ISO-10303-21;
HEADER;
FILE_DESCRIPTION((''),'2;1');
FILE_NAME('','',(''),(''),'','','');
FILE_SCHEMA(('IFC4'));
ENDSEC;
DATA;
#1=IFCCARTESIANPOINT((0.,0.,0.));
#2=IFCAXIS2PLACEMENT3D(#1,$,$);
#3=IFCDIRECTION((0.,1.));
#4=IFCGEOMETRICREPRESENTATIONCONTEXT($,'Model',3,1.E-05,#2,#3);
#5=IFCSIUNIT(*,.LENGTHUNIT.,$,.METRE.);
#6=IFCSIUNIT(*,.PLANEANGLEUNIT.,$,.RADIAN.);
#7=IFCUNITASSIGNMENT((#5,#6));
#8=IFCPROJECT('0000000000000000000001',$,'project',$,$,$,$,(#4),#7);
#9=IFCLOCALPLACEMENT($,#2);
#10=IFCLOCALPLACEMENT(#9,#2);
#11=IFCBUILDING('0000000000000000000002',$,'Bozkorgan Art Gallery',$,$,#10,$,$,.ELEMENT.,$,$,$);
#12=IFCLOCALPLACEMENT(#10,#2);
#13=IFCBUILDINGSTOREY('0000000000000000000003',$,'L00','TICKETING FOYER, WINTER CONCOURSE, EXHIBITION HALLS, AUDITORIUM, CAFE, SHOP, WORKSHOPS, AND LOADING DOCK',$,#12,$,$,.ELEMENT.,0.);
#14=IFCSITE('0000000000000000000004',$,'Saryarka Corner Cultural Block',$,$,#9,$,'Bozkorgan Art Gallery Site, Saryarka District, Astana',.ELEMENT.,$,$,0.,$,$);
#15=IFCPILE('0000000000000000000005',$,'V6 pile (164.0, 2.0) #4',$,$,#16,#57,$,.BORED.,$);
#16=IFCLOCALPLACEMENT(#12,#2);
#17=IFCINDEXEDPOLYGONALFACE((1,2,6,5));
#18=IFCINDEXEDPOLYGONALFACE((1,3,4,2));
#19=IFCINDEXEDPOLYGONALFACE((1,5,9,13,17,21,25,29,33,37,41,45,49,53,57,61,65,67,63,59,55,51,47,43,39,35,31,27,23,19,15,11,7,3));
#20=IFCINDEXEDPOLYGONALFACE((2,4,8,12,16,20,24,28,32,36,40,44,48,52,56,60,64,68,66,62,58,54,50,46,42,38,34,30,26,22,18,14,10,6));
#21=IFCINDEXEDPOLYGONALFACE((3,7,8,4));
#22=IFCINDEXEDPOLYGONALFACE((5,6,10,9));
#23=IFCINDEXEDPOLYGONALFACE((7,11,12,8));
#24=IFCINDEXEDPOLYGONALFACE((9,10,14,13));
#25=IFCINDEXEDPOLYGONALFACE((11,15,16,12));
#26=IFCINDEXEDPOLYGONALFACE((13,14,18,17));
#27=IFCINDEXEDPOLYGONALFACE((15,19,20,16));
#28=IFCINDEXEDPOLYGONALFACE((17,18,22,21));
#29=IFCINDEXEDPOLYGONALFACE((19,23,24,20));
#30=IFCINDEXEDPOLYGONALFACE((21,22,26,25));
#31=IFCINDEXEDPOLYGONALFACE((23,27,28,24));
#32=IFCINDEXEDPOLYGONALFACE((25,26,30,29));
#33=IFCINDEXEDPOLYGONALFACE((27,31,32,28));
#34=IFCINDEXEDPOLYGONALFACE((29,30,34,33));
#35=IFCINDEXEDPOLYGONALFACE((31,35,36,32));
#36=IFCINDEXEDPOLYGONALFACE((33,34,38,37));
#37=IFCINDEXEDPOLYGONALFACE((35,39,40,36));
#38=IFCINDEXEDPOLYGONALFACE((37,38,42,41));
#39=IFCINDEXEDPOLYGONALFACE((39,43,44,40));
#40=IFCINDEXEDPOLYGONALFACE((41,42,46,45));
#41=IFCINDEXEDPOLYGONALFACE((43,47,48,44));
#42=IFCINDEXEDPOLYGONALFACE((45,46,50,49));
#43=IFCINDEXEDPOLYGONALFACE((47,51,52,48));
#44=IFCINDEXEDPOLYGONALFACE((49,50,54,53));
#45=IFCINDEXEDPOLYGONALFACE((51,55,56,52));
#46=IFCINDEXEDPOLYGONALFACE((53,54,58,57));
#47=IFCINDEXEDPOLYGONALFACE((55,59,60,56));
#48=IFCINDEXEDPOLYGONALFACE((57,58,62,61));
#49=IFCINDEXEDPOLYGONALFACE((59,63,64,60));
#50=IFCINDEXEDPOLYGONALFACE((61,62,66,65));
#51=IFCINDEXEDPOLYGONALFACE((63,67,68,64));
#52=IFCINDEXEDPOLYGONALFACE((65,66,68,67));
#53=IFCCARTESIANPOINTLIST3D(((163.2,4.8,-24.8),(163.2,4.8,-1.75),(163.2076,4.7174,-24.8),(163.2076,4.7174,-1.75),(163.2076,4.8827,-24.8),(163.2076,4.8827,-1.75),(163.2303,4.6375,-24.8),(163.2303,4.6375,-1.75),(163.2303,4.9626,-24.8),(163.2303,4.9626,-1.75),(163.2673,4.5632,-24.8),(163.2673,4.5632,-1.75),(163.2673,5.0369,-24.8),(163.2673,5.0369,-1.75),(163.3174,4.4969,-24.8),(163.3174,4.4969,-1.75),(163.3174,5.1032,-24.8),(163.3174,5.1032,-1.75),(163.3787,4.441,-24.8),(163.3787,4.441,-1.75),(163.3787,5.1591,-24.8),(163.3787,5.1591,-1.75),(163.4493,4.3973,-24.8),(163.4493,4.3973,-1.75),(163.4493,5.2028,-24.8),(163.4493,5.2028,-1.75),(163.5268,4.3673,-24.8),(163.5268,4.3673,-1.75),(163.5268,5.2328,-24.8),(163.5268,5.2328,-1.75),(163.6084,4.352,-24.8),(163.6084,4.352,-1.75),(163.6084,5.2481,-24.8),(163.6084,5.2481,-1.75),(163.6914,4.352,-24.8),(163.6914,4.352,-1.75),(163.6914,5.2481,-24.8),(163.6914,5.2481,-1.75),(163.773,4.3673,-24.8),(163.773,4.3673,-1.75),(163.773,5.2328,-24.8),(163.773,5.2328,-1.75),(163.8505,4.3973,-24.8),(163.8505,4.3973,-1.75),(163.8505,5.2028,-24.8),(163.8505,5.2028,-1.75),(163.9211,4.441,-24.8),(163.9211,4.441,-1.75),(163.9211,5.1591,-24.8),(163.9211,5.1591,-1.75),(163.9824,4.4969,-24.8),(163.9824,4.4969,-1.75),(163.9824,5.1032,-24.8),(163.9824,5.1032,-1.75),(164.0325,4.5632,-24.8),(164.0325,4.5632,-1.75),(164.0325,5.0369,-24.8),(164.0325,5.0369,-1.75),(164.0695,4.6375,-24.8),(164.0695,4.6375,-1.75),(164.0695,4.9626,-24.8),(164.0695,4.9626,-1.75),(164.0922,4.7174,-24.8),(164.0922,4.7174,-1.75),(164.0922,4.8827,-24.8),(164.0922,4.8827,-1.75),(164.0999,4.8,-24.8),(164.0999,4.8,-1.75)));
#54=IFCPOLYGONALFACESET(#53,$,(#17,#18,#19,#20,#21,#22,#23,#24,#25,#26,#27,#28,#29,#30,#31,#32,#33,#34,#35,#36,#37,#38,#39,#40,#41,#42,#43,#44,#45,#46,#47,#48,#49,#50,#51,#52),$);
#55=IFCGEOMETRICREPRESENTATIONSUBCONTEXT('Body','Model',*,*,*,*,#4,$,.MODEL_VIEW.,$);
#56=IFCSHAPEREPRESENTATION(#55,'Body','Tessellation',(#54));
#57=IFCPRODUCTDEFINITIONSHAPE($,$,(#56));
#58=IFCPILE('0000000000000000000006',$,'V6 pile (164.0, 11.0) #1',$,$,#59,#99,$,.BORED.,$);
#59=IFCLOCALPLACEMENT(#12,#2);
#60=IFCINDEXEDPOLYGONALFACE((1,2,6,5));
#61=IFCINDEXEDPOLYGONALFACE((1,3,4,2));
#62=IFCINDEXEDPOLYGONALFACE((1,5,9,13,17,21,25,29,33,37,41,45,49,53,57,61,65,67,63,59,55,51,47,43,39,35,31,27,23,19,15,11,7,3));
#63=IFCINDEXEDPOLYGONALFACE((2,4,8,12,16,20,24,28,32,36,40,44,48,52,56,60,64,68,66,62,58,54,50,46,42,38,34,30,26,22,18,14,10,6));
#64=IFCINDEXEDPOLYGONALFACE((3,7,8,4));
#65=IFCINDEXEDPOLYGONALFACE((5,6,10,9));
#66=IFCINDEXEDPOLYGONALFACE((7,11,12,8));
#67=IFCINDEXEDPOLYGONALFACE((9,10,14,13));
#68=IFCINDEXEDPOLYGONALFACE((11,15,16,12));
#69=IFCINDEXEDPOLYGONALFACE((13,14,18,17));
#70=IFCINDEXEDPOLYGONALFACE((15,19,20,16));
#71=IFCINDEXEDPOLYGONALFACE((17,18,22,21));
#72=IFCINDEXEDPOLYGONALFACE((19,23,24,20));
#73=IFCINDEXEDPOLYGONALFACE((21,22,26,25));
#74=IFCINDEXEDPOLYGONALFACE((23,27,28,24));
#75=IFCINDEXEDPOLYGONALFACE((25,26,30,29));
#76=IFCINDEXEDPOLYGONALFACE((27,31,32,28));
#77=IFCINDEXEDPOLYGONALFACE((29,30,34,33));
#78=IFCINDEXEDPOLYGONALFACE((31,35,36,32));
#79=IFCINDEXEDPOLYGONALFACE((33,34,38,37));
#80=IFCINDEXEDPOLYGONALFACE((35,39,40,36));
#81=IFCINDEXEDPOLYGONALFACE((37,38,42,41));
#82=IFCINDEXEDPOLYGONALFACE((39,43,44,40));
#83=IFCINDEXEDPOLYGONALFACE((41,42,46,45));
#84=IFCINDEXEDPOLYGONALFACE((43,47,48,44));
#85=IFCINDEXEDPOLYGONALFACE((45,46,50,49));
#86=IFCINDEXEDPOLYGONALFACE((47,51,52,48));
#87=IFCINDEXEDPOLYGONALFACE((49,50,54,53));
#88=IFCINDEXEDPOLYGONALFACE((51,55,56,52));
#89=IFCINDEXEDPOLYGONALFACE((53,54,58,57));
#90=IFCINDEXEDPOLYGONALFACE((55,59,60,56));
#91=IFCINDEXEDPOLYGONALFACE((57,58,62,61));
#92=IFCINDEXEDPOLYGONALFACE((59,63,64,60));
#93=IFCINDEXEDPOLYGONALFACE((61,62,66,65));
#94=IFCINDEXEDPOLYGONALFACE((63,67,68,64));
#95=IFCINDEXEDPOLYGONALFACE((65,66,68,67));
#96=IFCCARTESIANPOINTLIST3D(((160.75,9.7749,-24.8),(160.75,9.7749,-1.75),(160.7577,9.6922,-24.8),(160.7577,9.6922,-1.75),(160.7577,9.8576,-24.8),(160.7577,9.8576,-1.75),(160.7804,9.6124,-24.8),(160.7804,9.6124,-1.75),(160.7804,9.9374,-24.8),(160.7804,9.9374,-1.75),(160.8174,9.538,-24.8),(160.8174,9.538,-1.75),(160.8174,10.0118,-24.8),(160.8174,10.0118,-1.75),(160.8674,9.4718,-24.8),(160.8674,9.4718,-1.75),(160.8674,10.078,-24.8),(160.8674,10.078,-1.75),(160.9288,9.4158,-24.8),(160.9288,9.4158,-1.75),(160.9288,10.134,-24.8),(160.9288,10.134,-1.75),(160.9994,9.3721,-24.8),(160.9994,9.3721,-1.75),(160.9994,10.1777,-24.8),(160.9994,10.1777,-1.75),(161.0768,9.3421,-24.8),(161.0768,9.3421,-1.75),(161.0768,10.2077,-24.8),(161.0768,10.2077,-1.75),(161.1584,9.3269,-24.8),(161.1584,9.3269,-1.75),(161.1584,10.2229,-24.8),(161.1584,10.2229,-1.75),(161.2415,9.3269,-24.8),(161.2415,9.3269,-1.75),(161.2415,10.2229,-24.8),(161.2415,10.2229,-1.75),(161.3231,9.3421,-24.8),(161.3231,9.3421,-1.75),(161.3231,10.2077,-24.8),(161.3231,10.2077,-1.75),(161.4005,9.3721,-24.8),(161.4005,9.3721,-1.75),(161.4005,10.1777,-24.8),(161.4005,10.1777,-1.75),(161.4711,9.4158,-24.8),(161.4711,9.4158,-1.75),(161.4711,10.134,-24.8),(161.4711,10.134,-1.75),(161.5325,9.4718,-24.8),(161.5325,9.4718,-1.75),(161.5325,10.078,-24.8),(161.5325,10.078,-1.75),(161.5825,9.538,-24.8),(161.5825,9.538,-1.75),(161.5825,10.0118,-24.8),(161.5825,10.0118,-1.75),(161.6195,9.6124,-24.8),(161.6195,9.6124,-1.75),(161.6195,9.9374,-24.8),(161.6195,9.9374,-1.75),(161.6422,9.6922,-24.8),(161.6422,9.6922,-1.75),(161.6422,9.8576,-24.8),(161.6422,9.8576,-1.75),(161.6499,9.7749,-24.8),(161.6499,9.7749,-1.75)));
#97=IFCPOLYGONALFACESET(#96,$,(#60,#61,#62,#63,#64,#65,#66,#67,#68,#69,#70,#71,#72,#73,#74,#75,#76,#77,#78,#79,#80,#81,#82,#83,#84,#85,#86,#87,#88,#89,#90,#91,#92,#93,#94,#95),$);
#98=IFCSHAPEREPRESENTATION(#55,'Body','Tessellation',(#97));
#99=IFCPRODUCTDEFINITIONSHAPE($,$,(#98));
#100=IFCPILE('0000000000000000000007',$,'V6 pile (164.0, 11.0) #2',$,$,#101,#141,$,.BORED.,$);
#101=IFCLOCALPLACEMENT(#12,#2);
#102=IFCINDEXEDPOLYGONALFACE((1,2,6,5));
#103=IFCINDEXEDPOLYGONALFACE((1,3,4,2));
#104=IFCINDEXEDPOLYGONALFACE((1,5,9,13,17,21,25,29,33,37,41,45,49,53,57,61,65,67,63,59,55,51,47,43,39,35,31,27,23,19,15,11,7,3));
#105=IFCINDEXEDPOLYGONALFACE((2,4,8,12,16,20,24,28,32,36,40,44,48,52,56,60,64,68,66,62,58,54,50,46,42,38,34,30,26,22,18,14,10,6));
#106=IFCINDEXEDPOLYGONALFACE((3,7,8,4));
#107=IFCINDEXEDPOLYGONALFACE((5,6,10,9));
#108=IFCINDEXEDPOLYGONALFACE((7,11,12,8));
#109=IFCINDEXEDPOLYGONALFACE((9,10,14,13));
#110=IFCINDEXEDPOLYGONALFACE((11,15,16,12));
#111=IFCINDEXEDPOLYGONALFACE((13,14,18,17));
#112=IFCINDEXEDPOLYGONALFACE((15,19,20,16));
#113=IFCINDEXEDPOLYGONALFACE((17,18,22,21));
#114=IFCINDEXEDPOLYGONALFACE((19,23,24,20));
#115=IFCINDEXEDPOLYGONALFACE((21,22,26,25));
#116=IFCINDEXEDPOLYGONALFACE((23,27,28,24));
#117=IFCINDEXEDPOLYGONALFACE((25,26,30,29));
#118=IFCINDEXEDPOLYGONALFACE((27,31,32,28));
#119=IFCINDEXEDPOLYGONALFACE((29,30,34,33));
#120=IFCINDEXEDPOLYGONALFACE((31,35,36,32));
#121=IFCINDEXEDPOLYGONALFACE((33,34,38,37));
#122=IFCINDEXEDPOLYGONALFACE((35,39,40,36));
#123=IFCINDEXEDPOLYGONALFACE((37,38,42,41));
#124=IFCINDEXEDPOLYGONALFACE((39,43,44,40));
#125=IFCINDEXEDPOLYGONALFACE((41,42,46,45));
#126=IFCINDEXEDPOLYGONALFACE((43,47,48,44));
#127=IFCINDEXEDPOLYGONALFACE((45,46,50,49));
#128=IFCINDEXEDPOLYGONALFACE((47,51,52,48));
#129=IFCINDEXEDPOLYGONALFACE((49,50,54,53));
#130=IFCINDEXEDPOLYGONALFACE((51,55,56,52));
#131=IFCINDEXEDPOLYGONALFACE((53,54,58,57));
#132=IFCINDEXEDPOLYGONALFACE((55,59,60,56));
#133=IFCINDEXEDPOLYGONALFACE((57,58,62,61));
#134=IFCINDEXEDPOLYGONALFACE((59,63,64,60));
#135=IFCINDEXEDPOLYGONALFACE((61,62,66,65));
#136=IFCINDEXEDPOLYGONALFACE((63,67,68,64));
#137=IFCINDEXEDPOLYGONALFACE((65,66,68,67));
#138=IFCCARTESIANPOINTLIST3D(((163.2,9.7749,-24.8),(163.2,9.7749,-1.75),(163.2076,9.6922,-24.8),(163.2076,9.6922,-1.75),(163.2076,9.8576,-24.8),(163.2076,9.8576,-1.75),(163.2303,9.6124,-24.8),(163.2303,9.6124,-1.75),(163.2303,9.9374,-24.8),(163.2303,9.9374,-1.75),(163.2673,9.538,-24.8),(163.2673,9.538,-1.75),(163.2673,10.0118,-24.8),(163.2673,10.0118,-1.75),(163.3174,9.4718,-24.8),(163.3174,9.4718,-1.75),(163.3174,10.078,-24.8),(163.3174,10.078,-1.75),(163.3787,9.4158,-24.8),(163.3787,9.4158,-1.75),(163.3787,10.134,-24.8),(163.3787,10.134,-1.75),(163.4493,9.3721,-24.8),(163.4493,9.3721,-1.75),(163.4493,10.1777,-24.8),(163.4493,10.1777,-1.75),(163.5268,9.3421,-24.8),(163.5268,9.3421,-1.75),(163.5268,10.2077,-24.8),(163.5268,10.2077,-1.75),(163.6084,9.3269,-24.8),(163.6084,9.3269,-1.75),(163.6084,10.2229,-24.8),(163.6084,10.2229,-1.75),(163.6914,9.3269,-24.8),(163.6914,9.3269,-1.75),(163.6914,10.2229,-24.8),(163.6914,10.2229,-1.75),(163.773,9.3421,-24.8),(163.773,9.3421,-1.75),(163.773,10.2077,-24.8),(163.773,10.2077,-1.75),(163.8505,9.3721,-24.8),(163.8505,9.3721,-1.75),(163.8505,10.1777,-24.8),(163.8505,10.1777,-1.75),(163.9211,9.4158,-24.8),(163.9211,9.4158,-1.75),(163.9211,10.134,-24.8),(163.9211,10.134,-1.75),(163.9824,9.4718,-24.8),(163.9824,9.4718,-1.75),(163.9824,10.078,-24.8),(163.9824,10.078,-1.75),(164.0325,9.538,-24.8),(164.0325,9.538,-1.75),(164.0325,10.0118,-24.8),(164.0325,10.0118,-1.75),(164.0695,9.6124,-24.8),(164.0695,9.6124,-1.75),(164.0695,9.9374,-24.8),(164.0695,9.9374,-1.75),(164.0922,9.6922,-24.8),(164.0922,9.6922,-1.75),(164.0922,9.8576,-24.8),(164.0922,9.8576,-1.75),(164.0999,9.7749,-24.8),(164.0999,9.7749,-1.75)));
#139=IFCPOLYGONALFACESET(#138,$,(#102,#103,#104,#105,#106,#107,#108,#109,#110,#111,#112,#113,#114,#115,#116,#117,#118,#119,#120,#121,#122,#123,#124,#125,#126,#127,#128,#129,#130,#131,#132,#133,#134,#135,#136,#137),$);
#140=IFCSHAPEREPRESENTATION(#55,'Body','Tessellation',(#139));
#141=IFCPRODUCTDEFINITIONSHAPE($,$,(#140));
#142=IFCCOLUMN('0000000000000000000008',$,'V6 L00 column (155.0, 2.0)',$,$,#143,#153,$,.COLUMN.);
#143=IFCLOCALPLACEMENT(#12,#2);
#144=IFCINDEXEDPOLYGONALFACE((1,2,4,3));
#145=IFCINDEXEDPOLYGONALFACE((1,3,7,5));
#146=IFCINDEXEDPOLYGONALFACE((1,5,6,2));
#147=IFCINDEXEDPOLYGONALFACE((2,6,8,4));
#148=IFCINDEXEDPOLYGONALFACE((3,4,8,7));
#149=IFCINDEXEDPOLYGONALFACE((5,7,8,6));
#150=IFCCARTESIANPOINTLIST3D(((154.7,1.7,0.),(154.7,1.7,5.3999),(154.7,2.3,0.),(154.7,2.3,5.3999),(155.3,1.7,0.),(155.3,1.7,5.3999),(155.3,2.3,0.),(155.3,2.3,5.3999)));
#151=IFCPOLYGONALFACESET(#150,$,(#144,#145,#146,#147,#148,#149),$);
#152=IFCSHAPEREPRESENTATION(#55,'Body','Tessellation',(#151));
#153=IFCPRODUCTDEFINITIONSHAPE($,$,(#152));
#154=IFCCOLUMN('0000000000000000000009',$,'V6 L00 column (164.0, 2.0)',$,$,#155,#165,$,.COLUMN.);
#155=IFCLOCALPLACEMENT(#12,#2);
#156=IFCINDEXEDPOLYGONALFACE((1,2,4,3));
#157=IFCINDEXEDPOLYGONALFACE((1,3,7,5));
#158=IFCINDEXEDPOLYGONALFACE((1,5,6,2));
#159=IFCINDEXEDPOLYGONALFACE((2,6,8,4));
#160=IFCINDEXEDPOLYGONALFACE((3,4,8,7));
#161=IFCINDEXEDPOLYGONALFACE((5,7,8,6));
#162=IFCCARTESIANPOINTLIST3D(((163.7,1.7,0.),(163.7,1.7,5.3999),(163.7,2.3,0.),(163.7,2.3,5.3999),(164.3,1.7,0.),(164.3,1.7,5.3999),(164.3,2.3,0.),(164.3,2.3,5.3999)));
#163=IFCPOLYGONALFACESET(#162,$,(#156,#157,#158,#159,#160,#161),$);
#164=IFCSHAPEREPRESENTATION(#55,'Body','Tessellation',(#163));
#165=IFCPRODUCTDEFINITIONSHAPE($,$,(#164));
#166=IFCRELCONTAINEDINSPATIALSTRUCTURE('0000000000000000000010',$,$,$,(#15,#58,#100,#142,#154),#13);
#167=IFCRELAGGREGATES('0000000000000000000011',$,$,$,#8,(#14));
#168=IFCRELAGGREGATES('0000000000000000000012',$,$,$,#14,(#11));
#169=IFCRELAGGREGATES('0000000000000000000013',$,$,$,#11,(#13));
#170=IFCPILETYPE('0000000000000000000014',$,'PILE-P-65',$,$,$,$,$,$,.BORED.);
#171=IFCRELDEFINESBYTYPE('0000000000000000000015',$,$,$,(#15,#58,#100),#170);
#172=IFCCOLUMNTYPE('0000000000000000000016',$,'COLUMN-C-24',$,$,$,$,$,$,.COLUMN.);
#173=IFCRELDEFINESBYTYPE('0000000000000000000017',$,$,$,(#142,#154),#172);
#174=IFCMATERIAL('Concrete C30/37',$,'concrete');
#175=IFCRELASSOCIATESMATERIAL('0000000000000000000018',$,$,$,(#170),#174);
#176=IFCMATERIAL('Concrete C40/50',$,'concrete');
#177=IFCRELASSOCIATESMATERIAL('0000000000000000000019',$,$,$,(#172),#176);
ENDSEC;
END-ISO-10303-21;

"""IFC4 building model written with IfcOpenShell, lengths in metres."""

from ifc_helpers import new_model, si_unit, direction, frame, origin, origin_2d, place, context, subcontext, project, spatial, rectangle, circle, extrude, material, material_profile, profile_set, type_object, element, save


model = new_model("IFC4")

# Units and contexts
model_context = context("Model", 3, precision=1e-05, world=origin(), true_north=direction((0.0, 1.0)))
body_context = subcontext(model_context, "Body", "Model", "MODEL_VIEW")
ifc_project = project(units=[si_unit("LENGTHUNIT", "METRE"), si_unit("PLANEANGLEUNIT", "RADIAN")], contexts=[model_context])

# Site, building, storey
site_placement = place(None, origin())
site = spatial("IfcSite", under=ifc_project, at=site_placement, Name="Saryarka Corner Cultural Block", LongName="Bozkorgan Art Gallery Site, Saryarka District, Astana", CompositionType="ELEMENT", RefElevation=0.0)
building_placement = place(site_placement, origin())
building = spatial("IfcBuilding", under=site, at=building_placement, Name="Bozkorgan Art Gallery", CompositionType="ELEMENT")
storey_placement = place(building_placement, origin())
storey = spatial("IfcBuildingStorey", under=building, at=storey_placement, Name="L00", Description="TICKETING FOYER, WINTER CONCOURSE, EXHIBITION HALLS, AUDITORIUM, CAFE, SHOP, WORKSHOPS, AND LOADING DOCK", CompositionType="ELEMENT", Elevation=0.0)

# Shared definitions
ifc_material_1 = material(Name="Concrete C30/37", Category="concrete")

# Piles
ifc_material_profile_1 = material_profile(ifc_material_1, circle(Radius=0.45, at=origin_2d()), Name="PILE D900")
ifc_profile_set_1 = profile_set([ifc_material_profile_1], Name="Concrete C30/37")
pile_type_1 = type_object("IfcPileType", Name="PILE-P-65", PredefinedType="BORED", material=ifc_profile_set_1)
for number, where, z_axis, x_axis, name in (
    (1, (163.6499, 4.8, -1.75), (0.0, 0.0, -1.0), (1.0, 0.0, 0.0), "V6 pile (164.0, 2.0) #4"),
    (2, (161.2, 9.7749, -1.75), (0.0, 0.0, -1.0), (1.0, 0.0, 0.0), "V6 pile (164.0, 11.0) #1"),
    (3, (163.6499, 9.7749, -1.75), (0.0, 0.0, -1.0), (1.0, 0.0, 0.0), "V6 pile (164.0, 11.0) #2"),
):
    element("IfcPile", number, at=place(storey_placement, frame(where, z_axis=z_axis, x_axis=x_axis)), inside=storey, type_object=pile_type_1, Name=name, PredefinedType="BORED", context=body_context, shape_type="SweptSolid", body=[
        extrude(circle(Radius=0.45, at=origin_2d()), origin(), (0.0, 0.0, 1.0), 23.05),
    ])

# Columns
ifc_material_2 = material(Name="Concrete C40/50", Category="concrete")
ifc_material_profile_2 = material_profile(ifc_material_2, rectangle(XDim=0.6001, YDim=0.6001, at=origin_2d()), Name="RC 600x600")
ifc_profile_set_2 = profile_set([ifc_material_profile_2], Name="Concrete C40/50")
column_type = type_object("IfcColumnType", Name="COLUMN-C-24", PredefinedType="COLUMN", material=ifc_profile_set_2)
for number, where, z_axis, x_axis, name in (
    (4, (155.0, 2.0, 0.0), (0.0, 0.0, 1.0), (1.0, 0.0, 0.0), "V6 L00 column (155.0, 2.0)"),
    (5, (164.0, 2.0, 0.0), (0.0, 0.0, 1.0), (1.0, 0.0, 0.0), "V6 L00 column (164.0, 2.0)"),
):
    element("IfcColumn", number, at=place(storey_placement, frame(where, z_axis=z_axis, x_axis=x_axis)), inside=storey, type_object=column_type, Name=name, PredefinedType="COLUMN", context=body_context, shape_type="SweptSolid", body=[
        extrude(rectangle(XDim=0.6001, YDim=0.6001, at=origin_2d()), origin(), (0.0, 0.0, 1.0), 5.3999),
    ])

save(model, "model.ifc")
